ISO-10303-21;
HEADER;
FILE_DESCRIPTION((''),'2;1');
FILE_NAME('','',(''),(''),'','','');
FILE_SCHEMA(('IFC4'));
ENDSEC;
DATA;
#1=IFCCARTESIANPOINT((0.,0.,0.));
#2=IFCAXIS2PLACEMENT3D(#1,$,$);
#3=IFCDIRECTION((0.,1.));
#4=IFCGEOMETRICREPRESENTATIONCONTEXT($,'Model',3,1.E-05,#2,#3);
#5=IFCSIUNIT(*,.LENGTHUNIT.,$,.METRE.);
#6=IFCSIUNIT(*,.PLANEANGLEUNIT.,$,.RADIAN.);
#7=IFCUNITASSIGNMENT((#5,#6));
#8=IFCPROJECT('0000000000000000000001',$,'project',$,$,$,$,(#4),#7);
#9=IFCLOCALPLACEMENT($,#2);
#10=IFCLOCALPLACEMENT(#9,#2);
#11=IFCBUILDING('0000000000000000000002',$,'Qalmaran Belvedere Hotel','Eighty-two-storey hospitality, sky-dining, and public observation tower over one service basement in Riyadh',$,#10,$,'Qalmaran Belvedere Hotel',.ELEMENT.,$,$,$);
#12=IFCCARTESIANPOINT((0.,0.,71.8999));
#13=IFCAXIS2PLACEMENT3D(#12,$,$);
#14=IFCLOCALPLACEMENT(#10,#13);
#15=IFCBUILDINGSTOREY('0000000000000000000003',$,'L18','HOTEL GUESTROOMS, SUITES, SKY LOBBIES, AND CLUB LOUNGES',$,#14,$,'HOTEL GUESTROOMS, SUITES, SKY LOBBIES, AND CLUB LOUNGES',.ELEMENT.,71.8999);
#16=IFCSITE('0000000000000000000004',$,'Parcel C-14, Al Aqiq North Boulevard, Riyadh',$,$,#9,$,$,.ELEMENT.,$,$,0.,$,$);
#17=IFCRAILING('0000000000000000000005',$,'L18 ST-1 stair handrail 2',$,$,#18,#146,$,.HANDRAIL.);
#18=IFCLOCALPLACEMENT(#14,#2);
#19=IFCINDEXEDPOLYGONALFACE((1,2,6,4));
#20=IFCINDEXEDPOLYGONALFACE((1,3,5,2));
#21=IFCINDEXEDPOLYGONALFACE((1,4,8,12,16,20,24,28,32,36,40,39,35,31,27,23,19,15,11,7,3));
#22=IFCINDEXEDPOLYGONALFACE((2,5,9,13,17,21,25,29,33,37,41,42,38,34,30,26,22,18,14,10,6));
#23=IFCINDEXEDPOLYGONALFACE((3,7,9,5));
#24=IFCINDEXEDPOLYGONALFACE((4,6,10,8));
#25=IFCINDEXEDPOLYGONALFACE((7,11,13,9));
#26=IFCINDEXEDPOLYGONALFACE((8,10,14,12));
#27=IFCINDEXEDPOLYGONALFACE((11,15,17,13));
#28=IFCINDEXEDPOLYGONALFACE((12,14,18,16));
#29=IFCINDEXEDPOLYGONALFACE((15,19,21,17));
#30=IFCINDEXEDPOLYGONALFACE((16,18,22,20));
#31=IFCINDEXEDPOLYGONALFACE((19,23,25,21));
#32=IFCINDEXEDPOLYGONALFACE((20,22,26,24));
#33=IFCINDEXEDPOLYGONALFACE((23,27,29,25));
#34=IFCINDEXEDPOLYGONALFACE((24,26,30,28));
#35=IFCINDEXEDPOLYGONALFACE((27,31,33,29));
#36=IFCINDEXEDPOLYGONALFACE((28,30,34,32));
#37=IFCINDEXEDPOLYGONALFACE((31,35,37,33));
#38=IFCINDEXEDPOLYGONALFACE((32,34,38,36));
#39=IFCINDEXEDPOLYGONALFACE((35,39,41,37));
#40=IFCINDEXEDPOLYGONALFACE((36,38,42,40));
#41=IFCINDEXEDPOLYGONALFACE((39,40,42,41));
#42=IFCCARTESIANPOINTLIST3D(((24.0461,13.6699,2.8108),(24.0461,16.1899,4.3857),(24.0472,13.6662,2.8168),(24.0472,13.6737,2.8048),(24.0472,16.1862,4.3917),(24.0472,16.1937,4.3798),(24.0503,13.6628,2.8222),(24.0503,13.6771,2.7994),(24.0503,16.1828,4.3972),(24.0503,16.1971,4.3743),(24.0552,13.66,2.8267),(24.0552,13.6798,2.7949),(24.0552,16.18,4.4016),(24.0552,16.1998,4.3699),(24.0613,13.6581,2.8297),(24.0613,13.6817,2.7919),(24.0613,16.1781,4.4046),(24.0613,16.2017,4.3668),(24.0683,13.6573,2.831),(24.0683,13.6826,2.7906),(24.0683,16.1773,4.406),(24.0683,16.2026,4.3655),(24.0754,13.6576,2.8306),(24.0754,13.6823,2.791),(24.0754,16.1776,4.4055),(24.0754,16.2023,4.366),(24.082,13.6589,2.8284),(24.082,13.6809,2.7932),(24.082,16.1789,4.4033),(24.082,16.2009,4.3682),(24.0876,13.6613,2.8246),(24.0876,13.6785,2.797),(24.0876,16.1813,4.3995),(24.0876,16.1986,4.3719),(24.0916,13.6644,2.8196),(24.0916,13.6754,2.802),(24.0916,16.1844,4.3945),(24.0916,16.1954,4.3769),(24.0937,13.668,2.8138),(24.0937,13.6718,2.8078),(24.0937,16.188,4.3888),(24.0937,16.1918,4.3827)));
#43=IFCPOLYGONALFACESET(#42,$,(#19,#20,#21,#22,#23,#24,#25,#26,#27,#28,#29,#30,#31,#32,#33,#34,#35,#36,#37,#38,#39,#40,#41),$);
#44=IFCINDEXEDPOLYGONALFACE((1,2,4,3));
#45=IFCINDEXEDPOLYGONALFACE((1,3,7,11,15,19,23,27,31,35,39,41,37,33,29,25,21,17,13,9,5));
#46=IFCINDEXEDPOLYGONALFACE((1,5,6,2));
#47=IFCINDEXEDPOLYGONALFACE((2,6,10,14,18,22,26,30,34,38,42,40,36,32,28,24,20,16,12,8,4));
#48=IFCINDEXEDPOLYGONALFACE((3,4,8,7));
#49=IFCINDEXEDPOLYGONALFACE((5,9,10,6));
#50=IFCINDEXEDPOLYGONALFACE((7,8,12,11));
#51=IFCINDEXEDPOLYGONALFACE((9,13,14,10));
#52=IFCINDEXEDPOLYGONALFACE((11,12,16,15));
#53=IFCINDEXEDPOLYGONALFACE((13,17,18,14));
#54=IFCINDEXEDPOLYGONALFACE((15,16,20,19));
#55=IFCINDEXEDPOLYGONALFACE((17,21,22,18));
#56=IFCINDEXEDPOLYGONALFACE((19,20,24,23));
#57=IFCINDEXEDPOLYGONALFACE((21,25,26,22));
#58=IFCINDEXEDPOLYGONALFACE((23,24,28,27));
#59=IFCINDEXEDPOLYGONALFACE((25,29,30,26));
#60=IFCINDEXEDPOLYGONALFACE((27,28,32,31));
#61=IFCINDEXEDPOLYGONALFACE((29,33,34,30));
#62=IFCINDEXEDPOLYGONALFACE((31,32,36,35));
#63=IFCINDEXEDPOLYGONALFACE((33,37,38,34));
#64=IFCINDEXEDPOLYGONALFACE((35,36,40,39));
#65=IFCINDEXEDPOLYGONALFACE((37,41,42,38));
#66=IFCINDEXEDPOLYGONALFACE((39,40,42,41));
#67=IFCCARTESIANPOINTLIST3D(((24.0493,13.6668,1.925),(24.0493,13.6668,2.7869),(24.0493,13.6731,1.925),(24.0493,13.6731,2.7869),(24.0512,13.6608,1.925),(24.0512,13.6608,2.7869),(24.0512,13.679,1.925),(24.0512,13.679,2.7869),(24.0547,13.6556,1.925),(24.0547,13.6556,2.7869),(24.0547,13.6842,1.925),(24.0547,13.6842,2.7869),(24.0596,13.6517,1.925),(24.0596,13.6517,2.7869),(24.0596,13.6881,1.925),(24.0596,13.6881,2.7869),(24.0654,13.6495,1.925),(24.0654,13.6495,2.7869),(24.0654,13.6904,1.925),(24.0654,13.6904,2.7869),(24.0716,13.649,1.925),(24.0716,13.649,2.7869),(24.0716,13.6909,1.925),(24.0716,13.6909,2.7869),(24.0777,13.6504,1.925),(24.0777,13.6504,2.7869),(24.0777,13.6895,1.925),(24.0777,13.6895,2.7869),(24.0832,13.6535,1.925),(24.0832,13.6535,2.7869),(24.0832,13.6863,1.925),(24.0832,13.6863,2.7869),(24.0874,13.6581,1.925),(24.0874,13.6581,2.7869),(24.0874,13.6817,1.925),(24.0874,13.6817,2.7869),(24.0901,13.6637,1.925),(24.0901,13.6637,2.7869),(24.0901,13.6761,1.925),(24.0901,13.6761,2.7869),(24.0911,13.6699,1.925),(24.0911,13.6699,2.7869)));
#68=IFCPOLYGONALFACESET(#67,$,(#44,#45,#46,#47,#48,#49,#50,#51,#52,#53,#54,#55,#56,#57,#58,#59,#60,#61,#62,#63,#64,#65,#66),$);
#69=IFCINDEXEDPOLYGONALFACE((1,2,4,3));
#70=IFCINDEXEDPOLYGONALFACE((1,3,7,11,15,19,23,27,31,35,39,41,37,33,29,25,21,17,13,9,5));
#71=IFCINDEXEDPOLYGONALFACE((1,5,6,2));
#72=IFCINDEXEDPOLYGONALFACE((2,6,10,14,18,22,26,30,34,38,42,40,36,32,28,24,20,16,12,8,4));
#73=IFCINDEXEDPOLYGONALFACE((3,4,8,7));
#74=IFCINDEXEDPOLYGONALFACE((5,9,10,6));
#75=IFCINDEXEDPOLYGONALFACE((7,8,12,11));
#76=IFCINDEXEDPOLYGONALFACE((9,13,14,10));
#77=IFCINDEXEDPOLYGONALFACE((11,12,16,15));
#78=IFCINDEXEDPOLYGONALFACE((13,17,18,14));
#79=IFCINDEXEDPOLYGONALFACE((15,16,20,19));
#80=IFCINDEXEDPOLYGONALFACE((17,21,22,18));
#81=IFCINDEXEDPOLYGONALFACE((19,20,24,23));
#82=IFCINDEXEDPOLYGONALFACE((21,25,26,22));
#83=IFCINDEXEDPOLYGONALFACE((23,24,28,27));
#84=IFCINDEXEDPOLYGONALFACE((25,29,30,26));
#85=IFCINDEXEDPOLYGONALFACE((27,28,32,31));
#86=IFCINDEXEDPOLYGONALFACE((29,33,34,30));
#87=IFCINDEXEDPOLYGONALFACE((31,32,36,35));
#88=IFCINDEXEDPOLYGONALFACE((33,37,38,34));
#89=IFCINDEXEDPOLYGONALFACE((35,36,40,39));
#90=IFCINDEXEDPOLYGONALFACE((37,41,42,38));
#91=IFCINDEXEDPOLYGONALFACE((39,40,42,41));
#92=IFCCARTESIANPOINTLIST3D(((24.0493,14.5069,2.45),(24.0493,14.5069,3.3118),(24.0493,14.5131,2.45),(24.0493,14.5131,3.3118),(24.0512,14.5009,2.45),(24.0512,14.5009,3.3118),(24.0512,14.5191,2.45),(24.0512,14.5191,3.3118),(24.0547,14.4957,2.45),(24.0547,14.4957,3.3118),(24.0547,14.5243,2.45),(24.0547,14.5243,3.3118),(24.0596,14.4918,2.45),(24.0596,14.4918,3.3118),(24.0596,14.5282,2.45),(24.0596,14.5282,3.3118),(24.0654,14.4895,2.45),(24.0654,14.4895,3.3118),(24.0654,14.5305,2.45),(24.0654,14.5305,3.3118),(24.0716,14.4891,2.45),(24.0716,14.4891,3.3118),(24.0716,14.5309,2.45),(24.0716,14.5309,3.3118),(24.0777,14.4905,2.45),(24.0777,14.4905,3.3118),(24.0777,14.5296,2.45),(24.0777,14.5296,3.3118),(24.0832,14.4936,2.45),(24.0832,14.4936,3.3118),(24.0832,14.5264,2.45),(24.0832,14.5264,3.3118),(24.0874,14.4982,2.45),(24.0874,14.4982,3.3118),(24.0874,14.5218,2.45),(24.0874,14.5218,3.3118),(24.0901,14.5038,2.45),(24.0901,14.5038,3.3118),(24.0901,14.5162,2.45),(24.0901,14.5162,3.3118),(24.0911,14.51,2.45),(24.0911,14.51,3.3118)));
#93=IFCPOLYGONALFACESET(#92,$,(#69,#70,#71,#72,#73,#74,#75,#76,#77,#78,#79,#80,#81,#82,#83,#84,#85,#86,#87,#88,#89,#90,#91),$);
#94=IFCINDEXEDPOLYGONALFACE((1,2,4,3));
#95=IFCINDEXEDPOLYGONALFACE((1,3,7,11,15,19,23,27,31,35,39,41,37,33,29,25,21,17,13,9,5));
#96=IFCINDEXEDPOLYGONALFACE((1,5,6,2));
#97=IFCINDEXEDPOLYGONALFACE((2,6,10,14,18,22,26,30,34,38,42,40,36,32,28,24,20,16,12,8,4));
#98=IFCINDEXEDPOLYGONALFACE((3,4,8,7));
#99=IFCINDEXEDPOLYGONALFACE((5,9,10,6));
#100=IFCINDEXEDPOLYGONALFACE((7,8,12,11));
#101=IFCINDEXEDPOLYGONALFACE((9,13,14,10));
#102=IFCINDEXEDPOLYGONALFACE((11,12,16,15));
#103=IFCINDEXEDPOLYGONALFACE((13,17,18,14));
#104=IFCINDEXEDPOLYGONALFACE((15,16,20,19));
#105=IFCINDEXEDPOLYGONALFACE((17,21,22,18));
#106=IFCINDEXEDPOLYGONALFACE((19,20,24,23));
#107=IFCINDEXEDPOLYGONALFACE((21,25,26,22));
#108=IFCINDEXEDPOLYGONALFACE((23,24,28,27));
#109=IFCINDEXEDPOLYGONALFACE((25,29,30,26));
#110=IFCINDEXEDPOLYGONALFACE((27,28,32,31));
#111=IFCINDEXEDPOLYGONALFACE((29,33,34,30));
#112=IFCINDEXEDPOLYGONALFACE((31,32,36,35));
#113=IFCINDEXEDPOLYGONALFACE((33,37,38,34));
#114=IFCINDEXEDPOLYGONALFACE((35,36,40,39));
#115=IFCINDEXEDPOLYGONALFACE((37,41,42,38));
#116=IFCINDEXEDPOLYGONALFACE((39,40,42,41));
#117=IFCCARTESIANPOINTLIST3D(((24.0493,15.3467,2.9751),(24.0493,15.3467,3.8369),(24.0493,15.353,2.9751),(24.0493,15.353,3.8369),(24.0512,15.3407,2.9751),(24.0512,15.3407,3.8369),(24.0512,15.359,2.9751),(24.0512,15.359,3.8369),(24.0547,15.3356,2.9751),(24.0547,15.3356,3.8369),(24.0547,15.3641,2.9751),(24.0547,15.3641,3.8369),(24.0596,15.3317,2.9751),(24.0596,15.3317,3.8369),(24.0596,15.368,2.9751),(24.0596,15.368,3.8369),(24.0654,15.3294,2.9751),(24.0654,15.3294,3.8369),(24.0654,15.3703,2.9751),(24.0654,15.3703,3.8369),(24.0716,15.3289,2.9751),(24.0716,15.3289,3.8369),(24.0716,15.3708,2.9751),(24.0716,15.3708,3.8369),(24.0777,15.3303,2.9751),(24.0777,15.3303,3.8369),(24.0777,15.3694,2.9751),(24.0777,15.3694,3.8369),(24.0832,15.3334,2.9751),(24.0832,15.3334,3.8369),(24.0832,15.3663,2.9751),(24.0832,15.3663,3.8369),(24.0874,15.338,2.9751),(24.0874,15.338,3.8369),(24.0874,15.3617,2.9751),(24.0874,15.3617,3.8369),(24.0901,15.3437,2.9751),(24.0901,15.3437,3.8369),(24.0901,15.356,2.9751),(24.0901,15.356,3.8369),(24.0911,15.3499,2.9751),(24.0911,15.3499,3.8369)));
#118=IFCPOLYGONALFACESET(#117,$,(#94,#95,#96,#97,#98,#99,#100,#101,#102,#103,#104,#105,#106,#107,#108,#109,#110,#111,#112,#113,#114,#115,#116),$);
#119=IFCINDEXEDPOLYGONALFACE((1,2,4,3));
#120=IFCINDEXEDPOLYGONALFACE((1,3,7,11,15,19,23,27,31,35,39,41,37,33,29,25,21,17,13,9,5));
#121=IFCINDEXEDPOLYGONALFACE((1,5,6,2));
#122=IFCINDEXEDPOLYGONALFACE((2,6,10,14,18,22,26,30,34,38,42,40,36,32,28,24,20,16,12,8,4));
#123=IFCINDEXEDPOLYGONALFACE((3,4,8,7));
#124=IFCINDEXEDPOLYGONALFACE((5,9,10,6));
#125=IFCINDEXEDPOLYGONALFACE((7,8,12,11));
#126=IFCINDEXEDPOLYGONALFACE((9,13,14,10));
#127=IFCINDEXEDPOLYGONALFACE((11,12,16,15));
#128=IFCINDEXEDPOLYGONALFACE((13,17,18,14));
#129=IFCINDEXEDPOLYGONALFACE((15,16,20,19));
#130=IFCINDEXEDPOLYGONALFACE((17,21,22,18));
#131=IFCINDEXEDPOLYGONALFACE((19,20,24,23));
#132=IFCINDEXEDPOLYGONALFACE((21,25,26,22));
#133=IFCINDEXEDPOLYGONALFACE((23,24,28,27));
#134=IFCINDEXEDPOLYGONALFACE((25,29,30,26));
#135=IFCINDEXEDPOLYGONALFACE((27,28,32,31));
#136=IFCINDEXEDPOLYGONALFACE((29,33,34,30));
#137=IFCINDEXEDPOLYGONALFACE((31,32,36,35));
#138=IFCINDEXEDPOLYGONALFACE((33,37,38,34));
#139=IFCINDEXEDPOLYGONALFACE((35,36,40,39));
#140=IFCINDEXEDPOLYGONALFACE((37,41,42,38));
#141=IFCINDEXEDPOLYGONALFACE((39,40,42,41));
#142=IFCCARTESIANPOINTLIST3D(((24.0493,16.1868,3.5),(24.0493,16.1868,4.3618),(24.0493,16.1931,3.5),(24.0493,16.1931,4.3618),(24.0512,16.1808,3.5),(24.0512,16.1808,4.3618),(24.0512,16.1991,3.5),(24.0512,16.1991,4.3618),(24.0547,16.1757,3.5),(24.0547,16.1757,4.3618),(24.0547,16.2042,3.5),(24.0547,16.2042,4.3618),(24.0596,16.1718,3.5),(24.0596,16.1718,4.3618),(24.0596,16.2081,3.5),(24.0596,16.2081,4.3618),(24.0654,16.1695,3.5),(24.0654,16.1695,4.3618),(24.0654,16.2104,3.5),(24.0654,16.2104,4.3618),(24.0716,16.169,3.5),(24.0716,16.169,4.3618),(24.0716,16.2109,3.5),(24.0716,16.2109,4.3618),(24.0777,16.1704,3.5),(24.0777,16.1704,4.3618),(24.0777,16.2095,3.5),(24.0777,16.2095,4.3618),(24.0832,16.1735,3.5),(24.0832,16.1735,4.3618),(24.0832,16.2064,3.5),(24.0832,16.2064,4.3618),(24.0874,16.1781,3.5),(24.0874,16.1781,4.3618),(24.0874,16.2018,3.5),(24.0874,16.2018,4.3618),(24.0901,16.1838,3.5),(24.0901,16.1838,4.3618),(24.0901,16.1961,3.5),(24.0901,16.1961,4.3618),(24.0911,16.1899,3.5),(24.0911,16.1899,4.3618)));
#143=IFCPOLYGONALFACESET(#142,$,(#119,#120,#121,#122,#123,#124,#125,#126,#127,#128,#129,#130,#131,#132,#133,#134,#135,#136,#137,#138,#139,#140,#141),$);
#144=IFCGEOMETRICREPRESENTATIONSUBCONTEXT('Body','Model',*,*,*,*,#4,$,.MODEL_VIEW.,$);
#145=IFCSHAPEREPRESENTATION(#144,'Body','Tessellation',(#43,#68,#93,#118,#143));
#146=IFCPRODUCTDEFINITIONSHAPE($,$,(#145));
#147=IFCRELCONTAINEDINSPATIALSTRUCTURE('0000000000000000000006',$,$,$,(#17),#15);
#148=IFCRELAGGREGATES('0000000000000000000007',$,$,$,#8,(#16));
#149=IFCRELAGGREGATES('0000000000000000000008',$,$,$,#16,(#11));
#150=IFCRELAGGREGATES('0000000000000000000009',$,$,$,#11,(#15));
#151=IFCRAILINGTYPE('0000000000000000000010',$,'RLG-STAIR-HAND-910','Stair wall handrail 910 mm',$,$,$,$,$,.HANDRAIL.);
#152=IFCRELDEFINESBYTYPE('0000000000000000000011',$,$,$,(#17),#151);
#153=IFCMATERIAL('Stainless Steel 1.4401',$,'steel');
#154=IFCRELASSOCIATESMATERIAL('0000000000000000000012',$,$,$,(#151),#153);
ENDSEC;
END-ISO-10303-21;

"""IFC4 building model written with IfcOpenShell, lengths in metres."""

from ifc_helpers import new_model, si_unit, direction, frame, origin, origin_2d, place, context, subcontext, project, spatial, circle, extrude, material, type_object, element, save


model = new_model("IFC4")

# Units and contexts
model_context = context("Model", 3, precision=1e-05, world=origin(), true_north=direction((0.0, 1.0)))
body_context = subcontext(model_context, "Body", "Model", "MODEL_VIEW")
ifc_project = project(units=[si_unit("LENGTHUNIT", "METRE"), si_unit("PLANEANGLEUNIT", "RADIAN")], contexts=[model_context])

# Site, building, storey
site_placement = place(None, origin())
site = spatial("IfcSite", under=ifc_project, at=site_placement, Name="Parcel C-14, Al Aqiq North Boulevard, Riyadh", CompositionType="ELEMENT", RefElevation=0.0)
building_placement = place(site_placement, origin())
building = spatial("IfcBuilding", under=site, at=building_placement, Name="Qalmaran Belvedere Hotel", Description="Eighty-two-storey hospitality, sky-dining, and public observation tower over one service basement in Riyadh", LongName="Qalmaran Belvedere Hotel", CompositionType="ELEMENT")
storey_placement = place(building_placement, frame((0.0, 0.0, 71.8999)))
storey = spatial("IfcBuildingStorey", under=building, at=storey_placement, Name="L18", Description="HOTEL GUESTROOMS, SUITES, SKY LOBBIES, AND CLUB LOUNGES", LongName="HOTEL GUESTROOMS, SUITES, SKY LOBBIES, AND CLUB LOUNGES", CompositionType="ELEMENT", Elevation=71.8999)

# Railing
ifc_material_1 = material(Name="Stainless Steel 1.4401", Category="steel")
railing_type_1 = type_object("IfcRailingType", Name="RLG-STAIR-HAND-910", Description="Stair wall handrail 910 mm", PredefinedType="HANDRAIL", material=ifc_material_1)
railing_1_placement = place(storey_placement, frame((24.0701, 13.6699, 1.925)))
element("IfcRailing", 1, at=railing_1_placement, inside=storey, type_object=railing_type_1, Name="L18 ST-1 stair handrail 2", PredefinedType="HANDRAIL", context=body_context, shape_type="SweptSolid", body=[
    extrude(circle(Radius=0.0239, at=origin_2d()), frame((0.0, 0.0, 0.8857), z_axis=(0.0, 0.848008, 0.529984), x_axis=(-1.0, 0.0, 0.0)), (0.0, 0.0, 1.0), 2.9717),
    extrude(circle(Radius=0.021, at=origin_2d()), origin(), (0.0, 0.0, 1.0), 0.8618),
    extrude(circle(Radius=0.021, at=origin_2d()), frame((0.0, 0.8401, 0.5249)), (0.0, 0.0, 1.0), 0.8618),
    extrude(circle(Radius=0.021, at=origin_2d()), frame((0.0, 1.6799, 1.05)), (0.0, 0.0, 1.0), 0.8618),
    extrude(circle(Radius=0.021, at=origin_2d()), frame((0.0, 2.52, 1.575)), (0.0, 0.0, 1.0), 0.8618),
])

save(model, "model.ifc")
